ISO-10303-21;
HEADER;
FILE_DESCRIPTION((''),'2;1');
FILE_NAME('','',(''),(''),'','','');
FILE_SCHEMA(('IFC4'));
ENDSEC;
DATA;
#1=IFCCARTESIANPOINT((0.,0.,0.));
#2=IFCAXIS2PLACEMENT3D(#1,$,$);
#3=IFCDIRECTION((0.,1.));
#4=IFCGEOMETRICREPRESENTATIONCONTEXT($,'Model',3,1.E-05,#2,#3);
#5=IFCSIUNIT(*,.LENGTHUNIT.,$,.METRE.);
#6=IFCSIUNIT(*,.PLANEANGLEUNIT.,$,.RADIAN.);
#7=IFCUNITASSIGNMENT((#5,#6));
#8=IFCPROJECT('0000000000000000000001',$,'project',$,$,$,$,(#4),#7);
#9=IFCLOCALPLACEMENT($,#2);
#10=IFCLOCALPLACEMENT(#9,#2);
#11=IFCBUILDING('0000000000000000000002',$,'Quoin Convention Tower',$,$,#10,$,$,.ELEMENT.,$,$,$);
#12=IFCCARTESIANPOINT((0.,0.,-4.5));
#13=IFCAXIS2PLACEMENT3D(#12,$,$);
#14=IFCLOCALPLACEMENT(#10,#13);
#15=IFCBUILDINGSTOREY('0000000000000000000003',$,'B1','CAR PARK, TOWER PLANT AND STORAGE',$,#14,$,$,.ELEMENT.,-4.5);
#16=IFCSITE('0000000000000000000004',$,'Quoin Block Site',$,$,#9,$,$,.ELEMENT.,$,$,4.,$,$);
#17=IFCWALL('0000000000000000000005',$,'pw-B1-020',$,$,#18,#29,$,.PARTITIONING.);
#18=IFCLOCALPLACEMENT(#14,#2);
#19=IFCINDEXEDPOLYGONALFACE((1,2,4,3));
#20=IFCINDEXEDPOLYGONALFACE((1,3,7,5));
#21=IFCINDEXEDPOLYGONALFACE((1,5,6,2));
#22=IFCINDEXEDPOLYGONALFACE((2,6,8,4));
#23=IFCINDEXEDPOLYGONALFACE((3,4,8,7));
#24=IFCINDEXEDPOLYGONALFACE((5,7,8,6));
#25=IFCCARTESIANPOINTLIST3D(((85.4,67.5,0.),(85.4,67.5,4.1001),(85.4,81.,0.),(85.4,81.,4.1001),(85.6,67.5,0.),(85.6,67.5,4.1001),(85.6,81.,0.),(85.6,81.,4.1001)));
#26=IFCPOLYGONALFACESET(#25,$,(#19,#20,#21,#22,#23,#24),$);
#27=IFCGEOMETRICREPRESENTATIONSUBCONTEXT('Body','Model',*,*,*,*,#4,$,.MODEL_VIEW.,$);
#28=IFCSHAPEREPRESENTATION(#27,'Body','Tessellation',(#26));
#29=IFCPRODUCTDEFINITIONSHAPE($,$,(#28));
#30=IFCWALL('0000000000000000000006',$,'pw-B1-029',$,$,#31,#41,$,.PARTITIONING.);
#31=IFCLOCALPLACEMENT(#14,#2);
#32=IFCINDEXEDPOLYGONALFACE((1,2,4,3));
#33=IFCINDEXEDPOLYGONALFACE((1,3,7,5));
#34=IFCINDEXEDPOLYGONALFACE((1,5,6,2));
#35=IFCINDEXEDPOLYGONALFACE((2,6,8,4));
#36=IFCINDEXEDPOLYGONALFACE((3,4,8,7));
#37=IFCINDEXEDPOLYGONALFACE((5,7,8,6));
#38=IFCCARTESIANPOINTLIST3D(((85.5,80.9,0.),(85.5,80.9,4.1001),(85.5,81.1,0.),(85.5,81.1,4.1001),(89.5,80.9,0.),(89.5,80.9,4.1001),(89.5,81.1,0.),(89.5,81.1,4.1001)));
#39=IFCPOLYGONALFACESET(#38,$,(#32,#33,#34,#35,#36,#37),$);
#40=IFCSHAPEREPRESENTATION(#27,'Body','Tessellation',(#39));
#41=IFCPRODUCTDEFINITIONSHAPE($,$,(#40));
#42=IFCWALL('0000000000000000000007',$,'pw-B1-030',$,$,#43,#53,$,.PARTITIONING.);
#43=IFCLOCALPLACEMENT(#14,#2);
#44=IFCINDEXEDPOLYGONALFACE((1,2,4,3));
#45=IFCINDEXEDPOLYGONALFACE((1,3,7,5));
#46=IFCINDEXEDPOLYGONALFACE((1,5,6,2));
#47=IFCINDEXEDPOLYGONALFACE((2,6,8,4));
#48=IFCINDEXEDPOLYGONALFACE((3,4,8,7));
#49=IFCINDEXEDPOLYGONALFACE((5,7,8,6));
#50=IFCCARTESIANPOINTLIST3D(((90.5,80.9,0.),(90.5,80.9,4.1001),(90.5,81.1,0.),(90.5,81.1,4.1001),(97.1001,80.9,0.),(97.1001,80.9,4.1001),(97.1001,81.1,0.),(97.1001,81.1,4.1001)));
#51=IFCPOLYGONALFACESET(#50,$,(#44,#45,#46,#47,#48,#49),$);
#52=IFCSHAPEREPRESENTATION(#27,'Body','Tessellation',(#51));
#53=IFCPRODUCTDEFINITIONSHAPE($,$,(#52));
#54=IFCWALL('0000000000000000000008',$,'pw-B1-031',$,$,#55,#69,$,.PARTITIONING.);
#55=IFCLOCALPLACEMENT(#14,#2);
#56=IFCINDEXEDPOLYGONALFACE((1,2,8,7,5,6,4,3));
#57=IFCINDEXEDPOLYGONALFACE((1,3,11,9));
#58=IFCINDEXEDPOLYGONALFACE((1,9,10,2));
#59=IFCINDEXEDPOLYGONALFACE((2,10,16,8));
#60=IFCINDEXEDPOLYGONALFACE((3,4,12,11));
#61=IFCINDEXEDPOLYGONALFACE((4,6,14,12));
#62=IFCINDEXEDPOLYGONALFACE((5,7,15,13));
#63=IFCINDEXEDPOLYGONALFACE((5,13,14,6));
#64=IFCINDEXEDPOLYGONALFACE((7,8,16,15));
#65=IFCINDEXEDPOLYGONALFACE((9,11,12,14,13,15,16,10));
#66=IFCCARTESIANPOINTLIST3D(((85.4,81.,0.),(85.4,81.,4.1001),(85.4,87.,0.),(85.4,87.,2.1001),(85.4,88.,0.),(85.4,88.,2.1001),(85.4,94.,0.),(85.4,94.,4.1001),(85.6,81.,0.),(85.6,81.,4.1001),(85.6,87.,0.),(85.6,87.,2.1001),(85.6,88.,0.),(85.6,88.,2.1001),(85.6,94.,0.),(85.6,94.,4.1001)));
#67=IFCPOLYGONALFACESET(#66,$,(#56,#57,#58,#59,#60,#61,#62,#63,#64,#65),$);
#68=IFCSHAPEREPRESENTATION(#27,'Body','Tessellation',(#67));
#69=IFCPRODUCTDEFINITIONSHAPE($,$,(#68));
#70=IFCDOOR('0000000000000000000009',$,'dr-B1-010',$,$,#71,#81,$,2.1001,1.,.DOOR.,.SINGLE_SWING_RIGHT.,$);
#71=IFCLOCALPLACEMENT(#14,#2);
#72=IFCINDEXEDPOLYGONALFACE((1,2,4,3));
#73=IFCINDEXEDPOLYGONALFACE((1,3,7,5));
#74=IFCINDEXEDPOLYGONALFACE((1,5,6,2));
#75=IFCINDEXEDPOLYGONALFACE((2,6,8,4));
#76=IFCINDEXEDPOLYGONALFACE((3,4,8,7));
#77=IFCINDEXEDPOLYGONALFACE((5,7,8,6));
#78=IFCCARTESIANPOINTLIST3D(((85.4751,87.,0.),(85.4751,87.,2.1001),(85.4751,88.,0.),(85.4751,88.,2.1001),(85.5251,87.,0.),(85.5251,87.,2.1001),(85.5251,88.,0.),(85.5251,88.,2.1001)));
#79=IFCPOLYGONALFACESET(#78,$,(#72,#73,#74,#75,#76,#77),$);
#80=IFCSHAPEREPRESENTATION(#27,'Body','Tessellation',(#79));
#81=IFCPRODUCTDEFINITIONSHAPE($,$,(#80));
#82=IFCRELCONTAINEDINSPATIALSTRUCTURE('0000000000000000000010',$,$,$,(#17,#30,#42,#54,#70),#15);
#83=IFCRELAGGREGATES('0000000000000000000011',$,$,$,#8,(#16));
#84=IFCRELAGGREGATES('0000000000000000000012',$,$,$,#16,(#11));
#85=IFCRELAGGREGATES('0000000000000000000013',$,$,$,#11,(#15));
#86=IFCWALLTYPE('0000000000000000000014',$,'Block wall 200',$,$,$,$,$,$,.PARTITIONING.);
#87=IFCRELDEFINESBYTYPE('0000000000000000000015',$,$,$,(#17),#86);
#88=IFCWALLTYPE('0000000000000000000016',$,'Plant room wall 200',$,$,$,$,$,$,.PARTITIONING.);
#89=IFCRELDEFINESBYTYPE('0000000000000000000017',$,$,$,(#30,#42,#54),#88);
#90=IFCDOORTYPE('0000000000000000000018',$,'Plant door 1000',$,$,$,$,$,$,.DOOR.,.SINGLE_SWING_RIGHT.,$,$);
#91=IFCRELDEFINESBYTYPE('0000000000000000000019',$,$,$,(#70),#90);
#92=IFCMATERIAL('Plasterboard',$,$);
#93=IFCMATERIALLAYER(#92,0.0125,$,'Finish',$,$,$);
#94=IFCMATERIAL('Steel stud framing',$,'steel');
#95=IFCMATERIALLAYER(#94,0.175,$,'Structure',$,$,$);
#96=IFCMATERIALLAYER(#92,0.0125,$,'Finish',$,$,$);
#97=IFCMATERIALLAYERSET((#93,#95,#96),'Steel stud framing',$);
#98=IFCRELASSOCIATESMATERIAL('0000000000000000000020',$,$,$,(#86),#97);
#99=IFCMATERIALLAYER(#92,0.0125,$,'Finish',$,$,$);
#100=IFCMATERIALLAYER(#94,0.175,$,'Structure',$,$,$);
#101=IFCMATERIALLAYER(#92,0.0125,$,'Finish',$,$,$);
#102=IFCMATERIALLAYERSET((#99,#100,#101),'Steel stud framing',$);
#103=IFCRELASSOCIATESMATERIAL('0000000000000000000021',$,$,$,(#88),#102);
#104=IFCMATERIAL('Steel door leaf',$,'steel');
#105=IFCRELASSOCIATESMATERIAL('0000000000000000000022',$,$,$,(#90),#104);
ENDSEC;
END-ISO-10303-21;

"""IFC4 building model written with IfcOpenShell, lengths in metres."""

from ifc_helpers import new_model, si_unit, direction, frame, frame_2d, origin, place, context, subcontext, project, spatial, rectangle, extrude, material, layer, layer_set, type_object, element, fill, save


model = new_model("IFC4")

# Units and contexts
model_context = context("Model", 3, precision=1e-05, world=origin(), true_north=direction((0.0, 1.0)))
body_context = subcontext(model_context, "Body", "Model", "MODEL_VIEW")
ifc_project = project(units=[si_unit("LENGTHUNIT", "METRE"), si_unit("PLANEANGLEUNIT", "RADIAN")], contexts=[model_context])

# Site, building, storey
site_placement = place(None, origin())
site = spatial("IfcSite", under=ifc_project, at=site_placement, Name="Quoin Block Site", CompositionType="ELEMENT", RefElevation=4.0)
building_placement = place(site_placement, origin())
building = spatial("IfcBuilding", under=site, at=building_placement, Name="Quoin Convention Tower", CompositionType="ELEMENT")
storey_placement = place(building_placement, frame((0.0, 0.0, -4.5)))
storey = spatial("IfcBuildingStorey", under=building, at=storey_placement, Name="B1", Description="CAR PARK, TOWER PLANT AND STORAGE", CompositionType="ELEMENT", Elevation=-4.5)

# Shared definitions
ifc_material_1 = material(Name="Plasterboard")
ifc_layer_1 = layer(ifc_material_1, 0.0125, Name="Finish")
ifc_material_2 = material(Name="Steel stud framing", Category="steel")
ifc_layer_2 = layer(ifc_material_2, 0.175, Name="Structure")
ifc_layer_3 = layer(ifc_material_1, 0.0125, Name="Finish")
ifc_layer_set_1 = layer_set([ifc_layer_1, ifc_layer_2, ifc_layer_3], Name="Steel stud framing")
wall_type_1 = type_object("IfcWallType", Name="Block wall 200", PredefinedType="PARTITIONING", material=ifc_layer_set_1)
ifc_material_3 = material(Name="Steel door leaf", Category="steel")

# Walls
wall_1_placement = place(storey_placement, frame((85.5, 67.5, 0.0), z_axis=(0.0, 0.0, 1.0), x_axis=(0.0, 1.0, 0.0)))
element("IfcWall", 1, at=wall_1_placement, inside=storey, type_object=wall_type_1, Name="pw-B1-020", PredefinedType="PARTITIONING", context=body_context, shape_type="SweptSolid", body=[
    extrude(rectangle(XDim=13.5, YDim=0.2, at=frame_2d((6.75, 0.0))), origin(), (0.0, 0.0, 1.0), 4.1001),
])
ifc_layer_4 = layer(ifc_material_1, 0.0125, Name="Finish")
ifc_layer_5 = layer(ifc_material_2, 0.175, Name="Structure")
ifc_layer_6 = layer(ifc_material_1, 0.0125, Name="Finish")
ifc_layer_set_2 = layer_set([ifc_layer_4, ifc_layer_5, ifc_layer_6], Name="Steel stud framing")
wall_type_2 = type_object("IfcWallType", Name="Plant room wall 200", PredefinedType="PARTITIONING", material=ifc_layer_set_2)
wall_2_placement = place(storey_placement, frame((85.5, 81.0, 0.0), z_axis=(0.0, 0.0, 1.0), x_axis=(1.0, 0.0, 0.0)))
element("IfcWall", 2, at=wall_2_placement, inside=storey, type_object=wall_type_2, Name="pw-B1-029", PredefinedType="PARTITIONING", context=body_context, shape_type="SweptSolid", body=[
    extrude(rectangle(XDim=4.0, YDim=0.2, at=frame_2d((2.0, 0.0))), origin(), (0.0, 0.0, 1.0), 4.1001),
])
wall_3_placement = place(storey_placement, frame((90.5, 81.0, 0.0), z_axis=(0.0, 0.0, 1.0), x_axis=(1.0, 0.0, 0.0)))
element("IfcWall", 3, at=wall_3_placement, inside=storey, type_object=wall_type_2, Name="pw-B1-030", PredefinedType="PARTITIONING", context=body_context, shape_type="SweptSolid", body=[
    extrude(rectangle(XDim=6.6001, YDim=0.2, at=frame_2d((3.3, 0.0))), origin(), (0.0, 0.0, 1.0), 4.1001),
])

# Wall, opening, door
wall_4_placement = place(storey_placement, frame((85.5, 81.0, 0.0), z_axis=(0.0, 0.0, 1.0), x_axis=(0.0, 1.0, 0.0)))
wall_4 = element("IfcWall", 4, at=wall_4_placement, inside=storey, type_object=wall_type_2, Name="pw-B1-031", PredefinedType="PARTITIONING", context=body_context, shape_type="SweptSolid", body=[
    extrude(rectangle(XDim=13.0, YDim=0.2, at=frame_2d((6.5, 0.0))), origin(), (0.0, 0.0, 1.0), 4.1001),
])
opening_1_placement = place(wall_4_placement, frame((6.0, 0.0, 0.0)))
opening_1 = element("IfcOpeningElement", 5, at=opening_1_placement, cuts=wall_4, PredefinedType="OPENING", context=body_context, shape_type="SweptSolid", body=[
    extrude(rectangle(XDim=1.0, YDim=2.1001, at=frame_2d((0.5, 1.05))), frame((0.0, 0.1099, 0.0), z_axis=(0.0, -1.0, 0.0), x_axis=(1.0, 0.0, 0.0)), (0.0, 0.0, 1.0), 0.22),
])
door_type_1 = type_object("IfcDoorType", Name="Plant door 1000", OperationType="SINGLE_SWING_RIGHT", PredefinedType="DOOR", material=ifc_material_3)
door_1_placement = place(opening_1_placement, origin())
door_1 = element("IfcDoor", 6, at=door_1_placement, inside=storey, type_object=door_type_1, Name="dr-B1-010", OperationType="SINGLE_SWING_RIGHT", OverallHeight=2.1001, OverallWidth=1.0, PredefinedType="DOOR", context=body_context, shape_type="SweptSolid", body=[
    extrude(rectangle(XDim=1.0, YDim=2.1001, at=frame_2d((0.5, 1.05))), frame((0.0, 0.0249, 0.0), z_axis=(0.0, -1.0, 0.0), x_axis=(1.0, 0.0, 0.0)), (0.0, 0.0, 1.0), 0.05),
])
fill(opening_1, door_1)

save(model, "model.ifc")
